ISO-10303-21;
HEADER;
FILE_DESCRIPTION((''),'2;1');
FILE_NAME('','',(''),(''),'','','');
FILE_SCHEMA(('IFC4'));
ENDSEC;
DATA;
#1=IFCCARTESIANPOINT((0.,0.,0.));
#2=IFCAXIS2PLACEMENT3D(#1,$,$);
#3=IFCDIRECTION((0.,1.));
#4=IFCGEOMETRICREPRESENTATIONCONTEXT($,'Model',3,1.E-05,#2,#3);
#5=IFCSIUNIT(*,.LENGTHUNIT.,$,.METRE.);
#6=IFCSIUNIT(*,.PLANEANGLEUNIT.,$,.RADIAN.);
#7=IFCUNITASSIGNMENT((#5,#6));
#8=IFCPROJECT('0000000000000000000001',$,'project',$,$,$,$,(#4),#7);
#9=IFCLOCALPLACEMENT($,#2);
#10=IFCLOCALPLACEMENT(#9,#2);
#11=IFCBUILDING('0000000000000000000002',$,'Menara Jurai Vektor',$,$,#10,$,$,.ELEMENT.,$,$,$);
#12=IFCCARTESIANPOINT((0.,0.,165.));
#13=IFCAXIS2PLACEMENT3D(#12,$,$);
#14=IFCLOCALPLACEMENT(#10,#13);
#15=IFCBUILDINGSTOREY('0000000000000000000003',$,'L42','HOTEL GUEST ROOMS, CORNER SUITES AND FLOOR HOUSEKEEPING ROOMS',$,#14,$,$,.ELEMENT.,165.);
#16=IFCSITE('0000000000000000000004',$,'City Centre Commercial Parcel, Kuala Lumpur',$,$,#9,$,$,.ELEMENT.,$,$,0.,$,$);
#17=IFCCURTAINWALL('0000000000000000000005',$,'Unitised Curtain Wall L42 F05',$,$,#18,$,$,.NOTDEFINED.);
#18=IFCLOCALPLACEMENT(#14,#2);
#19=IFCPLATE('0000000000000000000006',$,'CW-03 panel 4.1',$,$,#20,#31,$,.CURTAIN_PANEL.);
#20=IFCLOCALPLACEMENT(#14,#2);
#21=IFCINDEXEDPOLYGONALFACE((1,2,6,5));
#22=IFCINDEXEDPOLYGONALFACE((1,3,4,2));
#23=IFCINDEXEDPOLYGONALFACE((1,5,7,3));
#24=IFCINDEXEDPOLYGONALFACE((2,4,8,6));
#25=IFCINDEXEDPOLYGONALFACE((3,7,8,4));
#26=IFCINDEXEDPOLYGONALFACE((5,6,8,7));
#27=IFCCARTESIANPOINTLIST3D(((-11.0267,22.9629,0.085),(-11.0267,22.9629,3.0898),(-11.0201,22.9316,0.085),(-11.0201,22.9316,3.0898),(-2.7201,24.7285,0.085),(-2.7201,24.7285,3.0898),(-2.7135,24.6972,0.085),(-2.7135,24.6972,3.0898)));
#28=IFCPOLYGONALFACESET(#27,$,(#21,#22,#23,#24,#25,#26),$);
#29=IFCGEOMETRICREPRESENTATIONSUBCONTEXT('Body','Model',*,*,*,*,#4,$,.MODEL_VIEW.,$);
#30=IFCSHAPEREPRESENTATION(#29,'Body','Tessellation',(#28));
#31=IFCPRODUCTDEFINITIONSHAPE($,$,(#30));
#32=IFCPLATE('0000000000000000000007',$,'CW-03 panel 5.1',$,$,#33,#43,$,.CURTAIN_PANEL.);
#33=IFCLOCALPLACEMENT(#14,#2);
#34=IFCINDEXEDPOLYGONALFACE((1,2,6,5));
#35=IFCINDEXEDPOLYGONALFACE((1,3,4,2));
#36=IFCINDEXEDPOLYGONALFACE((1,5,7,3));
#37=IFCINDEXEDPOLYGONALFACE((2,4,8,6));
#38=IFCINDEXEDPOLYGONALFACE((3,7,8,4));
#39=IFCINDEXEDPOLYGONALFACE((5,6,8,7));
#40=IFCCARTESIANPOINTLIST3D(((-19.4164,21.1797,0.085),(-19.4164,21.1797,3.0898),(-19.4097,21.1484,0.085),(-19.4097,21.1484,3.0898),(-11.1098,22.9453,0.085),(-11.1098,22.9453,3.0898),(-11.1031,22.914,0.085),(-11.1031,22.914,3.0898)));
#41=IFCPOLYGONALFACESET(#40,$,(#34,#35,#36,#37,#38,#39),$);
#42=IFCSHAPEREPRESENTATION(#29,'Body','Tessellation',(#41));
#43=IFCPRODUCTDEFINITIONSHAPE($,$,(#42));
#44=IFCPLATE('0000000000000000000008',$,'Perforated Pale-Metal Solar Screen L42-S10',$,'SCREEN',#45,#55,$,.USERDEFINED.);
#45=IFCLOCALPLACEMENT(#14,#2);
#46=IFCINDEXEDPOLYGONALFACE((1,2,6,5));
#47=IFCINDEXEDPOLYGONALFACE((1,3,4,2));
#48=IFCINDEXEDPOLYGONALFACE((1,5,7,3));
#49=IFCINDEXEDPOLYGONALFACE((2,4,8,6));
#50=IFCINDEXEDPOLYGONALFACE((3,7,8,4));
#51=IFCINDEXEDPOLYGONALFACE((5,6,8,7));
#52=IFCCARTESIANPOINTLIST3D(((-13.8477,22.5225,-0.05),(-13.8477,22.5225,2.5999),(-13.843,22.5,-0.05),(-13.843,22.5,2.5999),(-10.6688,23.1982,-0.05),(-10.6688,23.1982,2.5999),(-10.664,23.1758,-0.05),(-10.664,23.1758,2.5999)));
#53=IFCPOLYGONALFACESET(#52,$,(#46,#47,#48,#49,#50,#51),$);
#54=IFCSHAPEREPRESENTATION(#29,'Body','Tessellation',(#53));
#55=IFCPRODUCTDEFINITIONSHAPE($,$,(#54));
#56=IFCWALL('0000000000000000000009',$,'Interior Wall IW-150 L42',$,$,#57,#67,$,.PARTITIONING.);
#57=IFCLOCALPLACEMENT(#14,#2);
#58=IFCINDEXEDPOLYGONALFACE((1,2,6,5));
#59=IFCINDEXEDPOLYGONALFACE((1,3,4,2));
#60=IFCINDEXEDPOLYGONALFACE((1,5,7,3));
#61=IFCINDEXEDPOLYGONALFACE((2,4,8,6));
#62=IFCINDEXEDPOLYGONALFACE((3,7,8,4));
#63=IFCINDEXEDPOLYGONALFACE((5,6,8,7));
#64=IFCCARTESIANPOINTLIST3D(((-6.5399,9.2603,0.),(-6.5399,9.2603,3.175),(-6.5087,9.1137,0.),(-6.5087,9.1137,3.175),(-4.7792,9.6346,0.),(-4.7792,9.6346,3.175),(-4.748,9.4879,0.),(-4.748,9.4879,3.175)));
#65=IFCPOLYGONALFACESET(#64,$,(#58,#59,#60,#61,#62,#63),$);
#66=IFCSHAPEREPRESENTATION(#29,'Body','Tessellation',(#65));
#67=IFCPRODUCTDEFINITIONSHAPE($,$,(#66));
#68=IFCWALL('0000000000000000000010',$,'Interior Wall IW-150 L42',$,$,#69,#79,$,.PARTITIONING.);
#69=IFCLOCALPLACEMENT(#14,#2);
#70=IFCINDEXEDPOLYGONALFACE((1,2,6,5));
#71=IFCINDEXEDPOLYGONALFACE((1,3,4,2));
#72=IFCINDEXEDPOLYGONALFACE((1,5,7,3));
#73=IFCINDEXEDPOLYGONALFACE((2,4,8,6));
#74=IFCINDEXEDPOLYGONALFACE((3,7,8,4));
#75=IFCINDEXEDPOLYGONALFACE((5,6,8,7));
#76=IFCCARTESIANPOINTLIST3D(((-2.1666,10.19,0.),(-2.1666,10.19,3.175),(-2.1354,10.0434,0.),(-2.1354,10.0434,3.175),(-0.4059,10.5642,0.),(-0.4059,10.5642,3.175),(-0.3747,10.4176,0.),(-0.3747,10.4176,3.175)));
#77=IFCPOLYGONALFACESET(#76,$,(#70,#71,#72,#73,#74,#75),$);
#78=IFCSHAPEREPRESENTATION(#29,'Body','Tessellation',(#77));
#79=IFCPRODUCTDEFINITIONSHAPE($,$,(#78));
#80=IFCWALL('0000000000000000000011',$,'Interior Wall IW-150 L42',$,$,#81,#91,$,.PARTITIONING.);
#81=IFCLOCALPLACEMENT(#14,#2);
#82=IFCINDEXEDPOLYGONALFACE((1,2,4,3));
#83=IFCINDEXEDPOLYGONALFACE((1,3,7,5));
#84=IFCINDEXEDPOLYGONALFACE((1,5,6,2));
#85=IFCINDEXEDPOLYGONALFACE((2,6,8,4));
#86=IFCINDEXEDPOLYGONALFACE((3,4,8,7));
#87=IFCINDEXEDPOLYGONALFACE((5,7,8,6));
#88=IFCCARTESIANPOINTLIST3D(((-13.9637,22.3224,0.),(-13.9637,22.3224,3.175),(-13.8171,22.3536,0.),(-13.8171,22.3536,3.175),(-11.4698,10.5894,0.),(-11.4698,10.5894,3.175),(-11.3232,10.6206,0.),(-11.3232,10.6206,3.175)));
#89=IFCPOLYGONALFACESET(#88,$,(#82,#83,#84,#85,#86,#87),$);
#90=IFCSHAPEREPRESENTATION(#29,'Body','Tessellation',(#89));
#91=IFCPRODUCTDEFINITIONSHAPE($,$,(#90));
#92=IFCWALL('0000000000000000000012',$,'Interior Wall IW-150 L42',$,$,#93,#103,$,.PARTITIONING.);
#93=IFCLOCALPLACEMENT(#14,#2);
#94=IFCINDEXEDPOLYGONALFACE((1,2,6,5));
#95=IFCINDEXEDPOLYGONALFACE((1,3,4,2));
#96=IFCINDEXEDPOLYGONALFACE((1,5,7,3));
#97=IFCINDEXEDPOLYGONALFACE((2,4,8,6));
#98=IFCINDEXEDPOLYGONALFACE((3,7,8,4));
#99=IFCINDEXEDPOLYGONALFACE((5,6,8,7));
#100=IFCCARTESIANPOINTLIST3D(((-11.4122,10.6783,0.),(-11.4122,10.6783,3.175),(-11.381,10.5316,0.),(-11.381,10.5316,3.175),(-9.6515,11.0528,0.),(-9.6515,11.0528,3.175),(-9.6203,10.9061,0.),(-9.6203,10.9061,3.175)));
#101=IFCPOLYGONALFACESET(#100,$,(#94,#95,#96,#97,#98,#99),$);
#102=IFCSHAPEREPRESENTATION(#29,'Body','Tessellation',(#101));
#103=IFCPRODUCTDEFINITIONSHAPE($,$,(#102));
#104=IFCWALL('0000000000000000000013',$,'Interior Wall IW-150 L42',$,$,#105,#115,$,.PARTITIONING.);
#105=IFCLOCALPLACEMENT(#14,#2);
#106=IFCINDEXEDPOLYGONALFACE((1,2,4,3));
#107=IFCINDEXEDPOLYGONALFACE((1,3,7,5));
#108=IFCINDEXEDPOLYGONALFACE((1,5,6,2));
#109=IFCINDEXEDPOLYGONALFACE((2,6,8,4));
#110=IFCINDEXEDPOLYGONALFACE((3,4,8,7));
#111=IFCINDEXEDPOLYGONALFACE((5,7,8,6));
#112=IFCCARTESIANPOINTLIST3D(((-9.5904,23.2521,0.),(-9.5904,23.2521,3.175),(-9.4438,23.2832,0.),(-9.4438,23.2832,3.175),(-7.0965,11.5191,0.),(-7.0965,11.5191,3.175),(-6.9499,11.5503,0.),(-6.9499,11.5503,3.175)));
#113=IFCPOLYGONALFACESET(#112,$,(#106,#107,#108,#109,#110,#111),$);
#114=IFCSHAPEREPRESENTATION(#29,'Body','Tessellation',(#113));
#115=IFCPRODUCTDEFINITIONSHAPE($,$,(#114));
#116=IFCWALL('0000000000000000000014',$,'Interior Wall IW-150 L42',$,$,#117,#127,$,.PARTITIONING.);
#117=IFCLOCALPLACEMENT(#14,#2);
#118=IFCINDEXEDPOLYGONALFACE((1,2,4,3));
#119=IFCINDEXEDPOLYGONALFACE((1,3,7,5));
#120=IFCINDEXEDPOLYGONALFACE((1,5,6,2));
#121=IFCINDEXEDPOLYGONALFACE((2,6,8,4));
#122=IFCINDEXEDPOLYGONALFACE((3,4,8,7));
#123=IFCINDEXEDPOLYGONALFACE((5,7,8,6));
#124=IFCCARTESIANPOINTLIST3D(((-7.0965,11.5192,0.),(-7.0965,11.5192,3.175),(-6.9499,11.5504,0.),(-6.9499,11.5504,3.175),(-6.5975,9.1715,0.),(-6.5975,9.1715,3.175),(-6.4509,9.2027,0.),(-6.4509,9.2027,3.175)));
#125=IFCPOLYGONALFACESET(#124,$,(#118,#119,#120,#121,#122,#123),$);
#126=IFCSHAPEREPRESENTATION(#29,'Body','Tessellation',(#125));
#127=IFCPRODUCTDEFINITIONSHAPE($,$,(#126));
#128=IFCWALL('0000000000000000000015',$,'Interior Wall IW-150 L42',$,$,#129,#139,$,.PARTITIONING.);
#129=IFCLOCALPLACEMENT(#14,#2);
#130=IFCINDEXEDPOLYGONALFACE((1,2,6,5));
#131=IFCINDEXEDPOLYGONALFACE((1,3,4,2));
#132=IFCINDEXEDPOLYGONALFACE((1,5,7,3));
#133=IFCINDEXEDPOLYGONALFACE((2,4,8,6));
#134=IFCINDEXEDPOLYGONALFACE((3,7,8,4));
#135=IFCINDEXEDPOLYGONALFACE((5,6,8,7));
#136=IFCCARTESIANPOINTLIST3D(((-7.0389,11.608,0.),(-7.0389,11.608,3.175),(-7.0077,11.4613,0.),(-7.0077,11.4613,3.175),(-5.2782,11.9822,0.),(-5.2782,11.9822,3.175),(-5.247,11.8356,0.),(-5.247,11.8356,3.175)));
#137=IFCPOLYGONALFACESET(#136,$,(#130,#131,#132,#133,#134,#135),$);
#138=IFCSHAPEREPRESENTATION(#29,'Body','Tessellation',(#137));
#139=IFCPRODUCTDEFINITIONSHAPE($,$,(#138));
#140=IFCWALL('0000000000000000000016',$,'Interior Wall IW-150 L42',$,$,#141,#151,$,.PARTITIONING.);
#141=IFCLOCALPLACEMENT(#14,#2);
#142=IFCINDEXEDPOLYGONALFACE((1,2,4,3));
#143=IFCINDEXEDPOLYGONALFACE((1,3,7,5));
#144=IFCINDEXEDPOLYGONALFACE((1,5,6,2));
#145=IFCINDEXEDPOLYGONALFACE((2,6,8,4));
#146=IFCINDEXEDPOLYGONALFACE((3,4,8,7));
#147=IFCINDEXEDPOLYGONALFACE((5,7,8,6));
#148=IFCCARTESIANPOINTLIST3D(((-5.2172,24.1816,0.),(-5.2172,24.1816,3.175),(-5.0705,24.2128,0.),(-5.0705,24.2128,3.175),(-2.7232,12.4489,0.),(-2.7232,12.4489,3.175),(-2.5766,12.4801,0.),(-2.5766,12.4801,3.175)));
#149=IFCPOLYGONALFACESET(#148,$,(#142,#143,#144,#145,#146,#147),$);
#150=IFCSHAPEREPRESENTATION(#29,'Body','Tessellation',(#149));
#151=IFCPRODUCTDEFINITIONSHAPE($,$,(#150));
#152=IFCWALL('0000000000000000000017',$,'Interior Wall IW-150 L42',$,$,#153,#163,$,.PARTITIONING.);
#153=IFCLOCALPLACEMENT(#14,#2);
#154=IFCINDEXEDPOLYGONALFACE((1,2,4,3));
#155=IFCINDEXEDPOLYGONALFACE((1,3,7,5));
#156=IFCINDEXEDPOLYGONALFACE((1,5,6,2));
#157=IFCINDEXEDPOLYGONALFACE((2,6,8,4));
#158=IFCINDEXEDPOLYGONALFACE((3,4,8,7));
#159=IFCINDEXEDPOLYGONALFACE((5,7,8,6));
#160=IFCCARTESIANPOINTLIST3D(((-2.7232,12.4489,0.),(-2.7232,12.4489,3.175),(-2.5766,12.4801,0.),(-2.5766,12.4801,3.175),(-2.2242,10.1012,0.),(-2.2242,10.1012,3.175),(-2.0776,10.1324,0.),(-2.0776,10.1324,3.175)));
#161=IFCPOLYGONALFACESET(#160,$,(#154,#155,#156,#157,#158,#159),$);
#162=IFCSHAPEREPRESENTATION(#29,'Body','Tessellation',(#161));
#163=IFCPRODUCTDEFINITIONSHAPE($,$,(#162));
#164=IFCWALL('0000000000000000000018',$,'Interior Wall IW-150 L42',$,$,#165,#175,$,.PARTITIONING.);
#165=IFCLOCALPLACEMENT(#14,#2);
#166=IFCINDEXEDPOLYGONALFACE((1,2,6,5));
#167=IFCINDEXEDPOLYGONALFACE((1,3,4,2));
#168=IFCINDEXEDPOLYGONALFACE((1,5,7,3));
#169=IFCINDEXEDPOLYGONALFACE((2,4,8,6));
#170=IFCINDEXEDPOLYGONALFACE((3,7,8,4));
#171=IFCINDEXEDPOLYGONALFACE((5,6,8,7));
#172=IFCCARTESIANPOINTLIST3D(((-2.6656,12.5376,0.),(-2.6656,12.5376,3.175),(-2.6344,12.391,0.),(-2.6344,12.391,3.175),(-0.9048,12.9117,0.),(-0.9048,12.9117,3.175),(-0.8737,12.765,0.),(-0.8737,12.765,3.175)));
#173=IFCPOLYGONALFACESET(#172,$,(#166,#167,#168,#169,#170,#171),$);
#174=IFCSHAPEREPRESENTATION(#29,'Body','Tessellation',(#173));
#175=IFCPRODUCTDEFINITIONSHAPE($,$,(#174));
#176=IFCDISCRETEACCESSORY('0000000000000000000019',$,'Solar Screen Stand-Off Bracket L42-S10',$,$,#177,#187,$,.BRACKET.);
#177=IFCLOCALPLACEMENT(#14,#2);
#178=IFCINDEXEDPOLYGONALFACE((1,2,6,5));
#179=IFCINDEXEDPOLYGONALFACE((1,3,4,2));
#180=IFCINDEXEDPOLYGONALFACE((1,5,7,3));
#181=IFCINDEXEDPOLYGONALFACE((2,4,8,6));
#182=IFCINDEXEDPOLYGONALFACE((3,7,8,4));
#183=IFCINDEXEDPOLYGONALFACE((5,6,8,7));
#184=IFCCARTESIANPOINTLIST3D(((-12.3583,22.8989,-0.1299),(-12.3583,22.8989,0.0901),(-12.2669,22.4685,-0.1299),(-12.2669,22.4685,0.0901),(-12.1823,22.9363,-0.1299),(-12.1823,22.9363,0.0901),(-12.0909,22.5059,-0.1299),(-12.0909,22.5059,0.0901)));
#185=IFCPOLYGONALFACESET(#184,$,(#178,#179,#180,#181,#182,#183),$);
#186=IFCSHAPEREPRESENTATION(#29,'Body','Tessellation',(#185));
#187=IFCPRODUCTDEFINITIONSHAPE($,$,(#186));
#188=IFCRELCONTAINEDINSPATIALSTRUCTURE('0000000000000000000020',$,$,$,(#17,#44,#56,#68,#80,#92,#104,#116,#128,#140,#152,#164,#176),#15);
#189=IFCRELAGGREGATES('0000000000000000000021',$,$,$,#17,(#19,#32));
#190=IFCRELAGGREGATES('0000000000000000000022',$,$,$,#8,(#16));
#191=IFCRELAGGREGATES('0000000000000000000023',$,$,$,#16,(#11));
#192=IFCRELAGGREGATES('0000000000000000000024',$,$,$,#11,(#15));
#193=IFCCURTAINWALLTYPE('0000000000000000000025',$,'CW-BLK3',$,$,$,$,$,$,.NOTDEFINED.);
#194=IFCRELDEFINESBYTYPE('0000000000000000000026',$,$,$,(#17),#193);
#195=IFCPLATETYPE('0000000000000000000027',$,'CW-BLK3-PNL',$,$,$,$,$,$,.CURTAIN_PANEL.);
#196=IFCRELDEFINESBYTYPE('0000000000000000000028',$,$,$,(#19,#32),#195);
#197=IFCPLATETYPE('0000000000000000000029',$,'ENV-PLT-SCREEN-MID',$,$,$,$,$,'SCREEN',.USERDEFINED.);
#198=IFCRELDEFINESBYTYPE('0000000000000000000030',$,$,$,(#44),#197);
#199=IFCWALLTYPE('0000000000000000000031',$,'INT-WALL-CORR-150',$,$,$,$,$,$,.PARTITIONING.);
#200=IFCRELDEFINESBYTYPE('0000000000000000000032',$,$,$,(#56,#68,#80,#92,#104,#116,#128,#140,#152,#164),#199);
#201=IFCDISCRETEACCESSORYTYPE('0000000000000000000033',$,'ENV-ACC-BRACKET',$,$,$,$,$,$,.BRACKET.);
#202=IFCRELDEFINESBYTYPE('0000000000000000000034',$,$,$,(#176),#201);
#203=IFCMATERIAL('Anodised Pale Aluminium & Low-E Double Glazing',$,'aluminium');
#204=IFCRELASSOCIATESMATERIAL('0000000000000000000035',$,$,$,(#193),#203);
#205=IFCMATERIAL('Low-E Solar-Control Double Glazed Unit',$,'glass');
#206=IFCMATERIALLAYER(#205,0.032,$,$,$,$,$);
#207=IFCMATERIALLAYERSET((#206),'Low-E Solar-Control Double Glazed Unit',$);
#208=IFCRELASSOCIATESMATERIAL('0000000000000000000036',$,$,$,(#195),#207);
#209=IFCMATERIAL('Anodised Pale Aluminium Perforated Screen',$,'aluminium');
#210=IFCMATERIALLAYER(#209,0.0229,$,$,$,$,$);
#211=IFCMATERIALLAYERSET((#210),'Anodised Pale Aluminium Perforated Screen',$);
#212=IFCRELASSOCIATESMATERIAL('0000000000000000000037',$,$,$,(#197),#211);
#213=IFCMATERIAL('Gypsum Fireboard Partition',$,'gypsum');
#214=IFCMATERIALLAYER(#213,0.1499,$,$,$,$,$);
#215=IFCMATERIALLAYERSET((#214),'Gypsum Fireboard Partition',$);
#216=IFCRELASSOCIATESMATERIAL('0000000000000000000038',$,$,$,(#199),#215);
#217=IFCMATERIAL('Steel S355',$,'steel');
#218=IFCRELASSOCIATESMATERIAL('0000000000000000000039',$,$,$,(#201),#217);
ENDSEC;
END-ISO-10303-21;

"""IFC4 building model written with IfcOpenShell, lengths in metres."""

from ifc_helpers import new_model, si_unit, direction, frame, frame_2d, origin, origin_2d, place, context, subcontext, project, spatial, rectangle, extrude, material, layer, layer_set, type_object, element, aggregate, save


model = new_model("IFC4")

# Units and contexts
model_context = context("Model", 3, precision=1e-05, world=origin(), true_north=direction((0.0, 1.0)))
body_context = subcontext(model_context, "Body", "Model", "MODEL_VIEW")
ifc_project = project(units=[si_unit("LENGTHUNIT", "METRE"), si_unit("PLANEANGLEUNIT", "RADIAN")], contexts=[model_context])

# Site, building, storey
site_placement = place(None, origin())
site = spatial("IfcSite", under=ifc_project, at=site_placement, Name="City Centre Commercial Parcel, Kuala Lumpur", CompositionType="ELEMENT", RefElevation=0.0)
building_placement = place(site_placement, origin())
building = spatial("IfcBuilding", under=site, at=building_placement, Name="Menara Jurai Vektor", CompositionType="ELEMENT")
storey_placement = place(building_placement, frame((0.0, 0.0, 165.0)))
storey = spatial("IfcBuildingStorey", under=building, at=storey_placement, Name="L42", Description="HOTEL GUEST ROOMS, CORNER SUITES AND FLOOR HOUSEKEEPING ROOMS", CompositionType="ELEMENT", Elevation=165.0)

# Curtain wall
ifc_material_1 = material(Name="Anodised Pale Aluminium & Low-E Double Glazing", Category="aluminium")
curtain_wall_type = type_object("IfcCurtainWallType", Name="CW-BLK3", PredefinedType="NOTDEFINED", material=ifc_material_1)
curtain_wall_placement = place(storey_placement, origin())
curtain_wall = element("IfcCurtainWall", 1, at=curtain_wall_placement, inside=storey, type_object=curtain_wall_type, Name="Unitised Curtain Wall L42 F05", PredefinedType="NOTDEFINED")

# Shared definitions
ifc_material_2 = material(Name="Steel S355", Category="steel")

# Plates
ifc_material_3 = material(Name="Low-E Solar-Control Double Glazed Unit", Category="glass")
ifc_layer_1 = layer(ifc_material_3, 0.032)
ifc_layer_set_1 = layer_set([ifc_layer_1], Name="Low-E Solar-Control Double Glazed Unit")
plate_type_1 = type_object("IfcPlateType", Name="CW-BLK3-PNL", PredefinedType="CURTAIN_PANEL", material=ifc_layer_set_1)
plate_1_placement = place(storey_placement, frame((-6.8701, 23.8301, 0.085), z_axis=(0.0, 0.0, 1.0), x_axis=(-0.978148, -0.207911, 0.0)))
plate_1 = element("IfcPlate", 2, at=plate_1_placement, type_object=plate_type_1, Name="CW-03 panel 4.1", PredefinedType="CURTAIN_PANEL", context=body_context, shape_type="SweptSolid", body=[
    extrude(rectangle(XDim=8.4922, YDim=0.032, at=origin_2d()), origin(), (0.0, 0.0, 1.0), 3.0049),
])
plate_2_placement = place(storey_placement, frame((-15.2598, 22.0469, 0.085), z_axis=(0.0, 0.0, 1.0), x_axis=(-0.978148, -0.207911, 0.0)))
plate_2 = element("IfcPlate", 3, at=plate_2_placement, type_object=plate_type_1, Name="CW-03 panel 5.1", PredefinedType="CURTAIN_PANEL", context=body_context, shape_type="SweptSolid", body=[
    extrude(rectangle(XDim=8.4922, YDim=0.032, at=origin_2d()), origin(), (0.0, 0.0, 1.0), 3.0049),
])
aggregate(curtain_wall, [plate_1, plate_2])
ifc_material_4 = material(Name="Anodised Pale Aluminium Perforated Screen", Category="aluminium")
ifc_layer_2 = layer(ifc_material_4, 0.0229)
ifc_layer_set_2 = layer_set([ifc_layer_2], Name="Anodised Pale Aluminium Perforated Screen")
plate_type_2 = type_object("IfcPlateType", Name="ENV-PLT-SCREEN-MID", ElementType="SCREEN", PredefinedType="USERDEFINED", material=ifc_layer_set_2)
plate_3_placement = place(storey_placement, frame((-12.2559, 22.8491, -0.05), z_axis=(0.0, 0.0, 1.0), x_axis=(-0.978148, -0.207912, 0.0)))
element("IfcPlate", 4, at=plate_3_placement, inside=storey, type_object=plate_type_2, Name="Perforated Pale-Metal Solar Screen L42-S10", ObjectType="SCREEN", PredefinedType="USERDEFINED", context=body_context, shape_type="SweptSolid", body=[
    extrude(rectangle(XDim=3.25, YDim=0.0229, at=origin_2d()), origin(), (0.0, 0.0, 1.0), 2.6499),
])

# Shared definitions
ifc_material_5 = material(Name="Gypsum Fireboard Partition", Category="gypsum")
ifc_layer_3 = layer(ifc_material_5, 0.1499)
ifc_layer_set_3 = layer_set([ifc_layer_3], Name="Gypsum Fireboard Partition")
wall_type = type_object("IfcWallType", Name="INT-WALL-CORR-150", PredefinedType="PARTITIONING", material=ifc_layer_set_3)

# Walls
for number, where, z_axis, x_axis, name in (
    (5, (-6.5242, 9.187, 0.0), (0.0, 0.0, 1.0), (0.978146, 0.207917, 0.0), "Interior Wall IW-150 L42"),
    (6, (-2.1509, 10.1167, 0.0), (0.0, 0.0, 1.0), (0.978146, 0.207917, 0.0), "Interior Wall IW-150 L42"),
):
    element("IfcWall", number, at=place(storey_placement, frame(where, z_axis=z_axis, x_axis=x_axis)), inside=storey, type_object=wall_type, Name=name, PredefinedType="PARTITIONING", context=body_context, shape_type="SweptSolid", body=[
        extrude(rectangle(XDim=1.8, YDim=0.1499, at=frame_2d((0.8999, 0.0))), origin(), (0.0, 0.0, 1.0), 3.175),
    ])
wall_1_placement = place(storey_placement, frame((-11.3965, 10.605, 0.0), z_axis=(0.0, 0.0, 1.0), x_axis=(-0.207911, 0.978148, 0.0)))
element("IfcWall", 7, at=wall_1_placement, inside=storey, type_object=wall_type, Name="Interior Wall IW-150 L42", PredefinedType="PARTITIONING", context=body_context, shape_type="SweptSolid", body=[
    extrude(rectangle(XDim=11.9951, YDim=0.1499, at=frame_2d((5.9976, 0.0))), origin(), (0.0, 0.0, 1.0), 3.175),
])
wall_2_placement = place(storey_placement, frame((-11.3965, 10.605, 0.0), z_axis=(0.0, 0.0, 1.0), x_axis=(0.978119, 0.208047, 0.0)))
element("IfcWall", 8, at=wall_2_placement, inside=storey, type_object=wall_type, Name="Interior Wall IW-150 L42", PredefinedType="PARTITIONING", context=body_context, shape_type="SweptSolid", body=[
    extrude(rectangle(XDim=1.8, YDim=0.1499, at=frame_2d((0.8999, 0.0))), origin(), (0.0, 0.0, 1.0), 3.175),
])

# Walls
wall_3_placement = place(storey_placement, frame((-7.0232, 11.5347, 0.0), z_axis=(0.0, 0.0, 1.0), x_axis=(-0.207911, 0.978148, 0.0)))
element("IfcWall", 9, at=wall_3_placement, inside=storey, type_object=wall_type, Name="Interior Wall IW-150 L42", PredefinedType="PARTITIONING", context=body_context, shape_type="SweptSolid", body=[
    extrude(rectangle(XDim=11.9951, YDim=0.1499, at=frame_2d((5.9976, 0.0))), origin(), (0.0, 0.0, 1.0), 3.175),
])
wall_4_placement = place(storey_placement, frame((-6.5242, 9.187, 0.0), z_axis=(0.0, 0.0, 1.0), x_axis=(-0.207917, 0.978146, 0.0)))
element("IfcWall", 10, at=wall_4_placement, inside=storey, type_object=wall_type, Name="Interior Wall IW-150 L42", PredefinedType="PARTITIONING", context=body_context, shape_type="SweptSolid", body=[
    extrude(rectangle(XDim=2.4001, YDim=0.1499, at=frame_2d((1.2002, 0.0))), origin(), (0.0, 0.0, 1.0), 3.175),
])
wall_5_placement = place(storey_placement, frame((-7.0232, 11.5347, 0.0), z_axis=(0.0, 0.0, 1.0), x_axis=(0.978146, 0.207917, 0.0)))
element("IfcWall", 11, at=wall_5_placement, inside=storey, type_object=wall_type, Name="Interior Wall IW-150 L42", PredefinedType="PARTITIONING", context=body_context, shape_type="SweptSolid", body=[
    extrude(rectangle(XDim=1.8, YDim=0.1499, at=frame_2d((0.8999, 0.0))), origin(), (0.0, 0.0, 1.0), 3.175),
])

# Walls
wall_6_placement = place(storey_placement, frame((-2.6499, 12.4644, 0.0), z_axis=(0.0, 0.0, 1.0), x_axis=(-0.207915, 0.978147, 0.0)))
element("IfcWall", 12, at=wall_6_placement, inside=storey, type_object=wall_type, Name="Interior Wall IW-150 L42", PredefinedType="PARTITIONING", context=body_context, shape_type="SweptSolid", body=[
    extrude(rectangle(XDim=11.9949, YDim=0.1499, at=frame_2d((5.9976, 0.0))), origin(), (0.0, 0.0, 1.0), 3.175),
])
wall_7_placement = place(storey_placement, frame((-2.1509, 10.1167, 0.0), z_axis=(0.0, 0.0, 1.0), x_axis=(-0.207917, 0.978146, 0.0)))
element("IfcWall", 13, at=wall_7_placement, inside=storey, type_object=wall_type, Name="Interior Wall IW-150 L42", PredefinedType="PARTITIONING", context=body_context, shape_type="SweptSolid", body=[
    extrude(rectangle(XDim=2.4001, YDim=0.1499, at=frame_2d((1.2002, 0.0))), origin(), (0.0, 0.0, 1.0), 3.175),
])
wall_8_placement = place(storey_placement, frame((-2.6499, 12.4644, 0.0), z_axis=(0.0, 0.0, 1.0), x_axis=(0.978174, 0.207787, 0.0)))
element("IfcWall", 14, at=wall_8_placement, inside=storey, type_object=wall_type, Name="Interior Wall IW-150 L42", PredefinedType="PARTITIONING", context=body_context, shape_type="SweptSolid", body=[
    extrude(rectangle(XDim=1.8, YDim=0.1499, at=frame_2d((0.8999, 0.0))), origin(), (0.0, 0.0, 1.0), 3.175),
])

# Discrete accessory
discrete_accessory_type = type_object("IfcDiscreteAccessoryType", Name="ENV-ACC-BRACKET", PredefinedType="BRACKET", material=ifc_material_2)
discrete_accessory_placement = place(storey_placement, frame((-12.2246, 22.7024, -0.1299), z_axis=(0.0, 0.0, 1.0), x_axis=(-0.978148, -0.207912, 0.0)))
element("IfcDiscreteAccessory", 15, at=discrete_accessory_placement, inside=storey, type_object=discrete_accessory_type, Name="Solar Screen Stand-Off Bracket L42-S10", PredefinedType="BRACKET", context=body_context, shape_type="SweptSolid", body=[
    extrude(rectangle(XDim=0.1799, YDim=0.4399, at=origin_2d()), origin(), (0.0, 0.0, 1.0), 0.22),
])

save(model, "model.ifc")
